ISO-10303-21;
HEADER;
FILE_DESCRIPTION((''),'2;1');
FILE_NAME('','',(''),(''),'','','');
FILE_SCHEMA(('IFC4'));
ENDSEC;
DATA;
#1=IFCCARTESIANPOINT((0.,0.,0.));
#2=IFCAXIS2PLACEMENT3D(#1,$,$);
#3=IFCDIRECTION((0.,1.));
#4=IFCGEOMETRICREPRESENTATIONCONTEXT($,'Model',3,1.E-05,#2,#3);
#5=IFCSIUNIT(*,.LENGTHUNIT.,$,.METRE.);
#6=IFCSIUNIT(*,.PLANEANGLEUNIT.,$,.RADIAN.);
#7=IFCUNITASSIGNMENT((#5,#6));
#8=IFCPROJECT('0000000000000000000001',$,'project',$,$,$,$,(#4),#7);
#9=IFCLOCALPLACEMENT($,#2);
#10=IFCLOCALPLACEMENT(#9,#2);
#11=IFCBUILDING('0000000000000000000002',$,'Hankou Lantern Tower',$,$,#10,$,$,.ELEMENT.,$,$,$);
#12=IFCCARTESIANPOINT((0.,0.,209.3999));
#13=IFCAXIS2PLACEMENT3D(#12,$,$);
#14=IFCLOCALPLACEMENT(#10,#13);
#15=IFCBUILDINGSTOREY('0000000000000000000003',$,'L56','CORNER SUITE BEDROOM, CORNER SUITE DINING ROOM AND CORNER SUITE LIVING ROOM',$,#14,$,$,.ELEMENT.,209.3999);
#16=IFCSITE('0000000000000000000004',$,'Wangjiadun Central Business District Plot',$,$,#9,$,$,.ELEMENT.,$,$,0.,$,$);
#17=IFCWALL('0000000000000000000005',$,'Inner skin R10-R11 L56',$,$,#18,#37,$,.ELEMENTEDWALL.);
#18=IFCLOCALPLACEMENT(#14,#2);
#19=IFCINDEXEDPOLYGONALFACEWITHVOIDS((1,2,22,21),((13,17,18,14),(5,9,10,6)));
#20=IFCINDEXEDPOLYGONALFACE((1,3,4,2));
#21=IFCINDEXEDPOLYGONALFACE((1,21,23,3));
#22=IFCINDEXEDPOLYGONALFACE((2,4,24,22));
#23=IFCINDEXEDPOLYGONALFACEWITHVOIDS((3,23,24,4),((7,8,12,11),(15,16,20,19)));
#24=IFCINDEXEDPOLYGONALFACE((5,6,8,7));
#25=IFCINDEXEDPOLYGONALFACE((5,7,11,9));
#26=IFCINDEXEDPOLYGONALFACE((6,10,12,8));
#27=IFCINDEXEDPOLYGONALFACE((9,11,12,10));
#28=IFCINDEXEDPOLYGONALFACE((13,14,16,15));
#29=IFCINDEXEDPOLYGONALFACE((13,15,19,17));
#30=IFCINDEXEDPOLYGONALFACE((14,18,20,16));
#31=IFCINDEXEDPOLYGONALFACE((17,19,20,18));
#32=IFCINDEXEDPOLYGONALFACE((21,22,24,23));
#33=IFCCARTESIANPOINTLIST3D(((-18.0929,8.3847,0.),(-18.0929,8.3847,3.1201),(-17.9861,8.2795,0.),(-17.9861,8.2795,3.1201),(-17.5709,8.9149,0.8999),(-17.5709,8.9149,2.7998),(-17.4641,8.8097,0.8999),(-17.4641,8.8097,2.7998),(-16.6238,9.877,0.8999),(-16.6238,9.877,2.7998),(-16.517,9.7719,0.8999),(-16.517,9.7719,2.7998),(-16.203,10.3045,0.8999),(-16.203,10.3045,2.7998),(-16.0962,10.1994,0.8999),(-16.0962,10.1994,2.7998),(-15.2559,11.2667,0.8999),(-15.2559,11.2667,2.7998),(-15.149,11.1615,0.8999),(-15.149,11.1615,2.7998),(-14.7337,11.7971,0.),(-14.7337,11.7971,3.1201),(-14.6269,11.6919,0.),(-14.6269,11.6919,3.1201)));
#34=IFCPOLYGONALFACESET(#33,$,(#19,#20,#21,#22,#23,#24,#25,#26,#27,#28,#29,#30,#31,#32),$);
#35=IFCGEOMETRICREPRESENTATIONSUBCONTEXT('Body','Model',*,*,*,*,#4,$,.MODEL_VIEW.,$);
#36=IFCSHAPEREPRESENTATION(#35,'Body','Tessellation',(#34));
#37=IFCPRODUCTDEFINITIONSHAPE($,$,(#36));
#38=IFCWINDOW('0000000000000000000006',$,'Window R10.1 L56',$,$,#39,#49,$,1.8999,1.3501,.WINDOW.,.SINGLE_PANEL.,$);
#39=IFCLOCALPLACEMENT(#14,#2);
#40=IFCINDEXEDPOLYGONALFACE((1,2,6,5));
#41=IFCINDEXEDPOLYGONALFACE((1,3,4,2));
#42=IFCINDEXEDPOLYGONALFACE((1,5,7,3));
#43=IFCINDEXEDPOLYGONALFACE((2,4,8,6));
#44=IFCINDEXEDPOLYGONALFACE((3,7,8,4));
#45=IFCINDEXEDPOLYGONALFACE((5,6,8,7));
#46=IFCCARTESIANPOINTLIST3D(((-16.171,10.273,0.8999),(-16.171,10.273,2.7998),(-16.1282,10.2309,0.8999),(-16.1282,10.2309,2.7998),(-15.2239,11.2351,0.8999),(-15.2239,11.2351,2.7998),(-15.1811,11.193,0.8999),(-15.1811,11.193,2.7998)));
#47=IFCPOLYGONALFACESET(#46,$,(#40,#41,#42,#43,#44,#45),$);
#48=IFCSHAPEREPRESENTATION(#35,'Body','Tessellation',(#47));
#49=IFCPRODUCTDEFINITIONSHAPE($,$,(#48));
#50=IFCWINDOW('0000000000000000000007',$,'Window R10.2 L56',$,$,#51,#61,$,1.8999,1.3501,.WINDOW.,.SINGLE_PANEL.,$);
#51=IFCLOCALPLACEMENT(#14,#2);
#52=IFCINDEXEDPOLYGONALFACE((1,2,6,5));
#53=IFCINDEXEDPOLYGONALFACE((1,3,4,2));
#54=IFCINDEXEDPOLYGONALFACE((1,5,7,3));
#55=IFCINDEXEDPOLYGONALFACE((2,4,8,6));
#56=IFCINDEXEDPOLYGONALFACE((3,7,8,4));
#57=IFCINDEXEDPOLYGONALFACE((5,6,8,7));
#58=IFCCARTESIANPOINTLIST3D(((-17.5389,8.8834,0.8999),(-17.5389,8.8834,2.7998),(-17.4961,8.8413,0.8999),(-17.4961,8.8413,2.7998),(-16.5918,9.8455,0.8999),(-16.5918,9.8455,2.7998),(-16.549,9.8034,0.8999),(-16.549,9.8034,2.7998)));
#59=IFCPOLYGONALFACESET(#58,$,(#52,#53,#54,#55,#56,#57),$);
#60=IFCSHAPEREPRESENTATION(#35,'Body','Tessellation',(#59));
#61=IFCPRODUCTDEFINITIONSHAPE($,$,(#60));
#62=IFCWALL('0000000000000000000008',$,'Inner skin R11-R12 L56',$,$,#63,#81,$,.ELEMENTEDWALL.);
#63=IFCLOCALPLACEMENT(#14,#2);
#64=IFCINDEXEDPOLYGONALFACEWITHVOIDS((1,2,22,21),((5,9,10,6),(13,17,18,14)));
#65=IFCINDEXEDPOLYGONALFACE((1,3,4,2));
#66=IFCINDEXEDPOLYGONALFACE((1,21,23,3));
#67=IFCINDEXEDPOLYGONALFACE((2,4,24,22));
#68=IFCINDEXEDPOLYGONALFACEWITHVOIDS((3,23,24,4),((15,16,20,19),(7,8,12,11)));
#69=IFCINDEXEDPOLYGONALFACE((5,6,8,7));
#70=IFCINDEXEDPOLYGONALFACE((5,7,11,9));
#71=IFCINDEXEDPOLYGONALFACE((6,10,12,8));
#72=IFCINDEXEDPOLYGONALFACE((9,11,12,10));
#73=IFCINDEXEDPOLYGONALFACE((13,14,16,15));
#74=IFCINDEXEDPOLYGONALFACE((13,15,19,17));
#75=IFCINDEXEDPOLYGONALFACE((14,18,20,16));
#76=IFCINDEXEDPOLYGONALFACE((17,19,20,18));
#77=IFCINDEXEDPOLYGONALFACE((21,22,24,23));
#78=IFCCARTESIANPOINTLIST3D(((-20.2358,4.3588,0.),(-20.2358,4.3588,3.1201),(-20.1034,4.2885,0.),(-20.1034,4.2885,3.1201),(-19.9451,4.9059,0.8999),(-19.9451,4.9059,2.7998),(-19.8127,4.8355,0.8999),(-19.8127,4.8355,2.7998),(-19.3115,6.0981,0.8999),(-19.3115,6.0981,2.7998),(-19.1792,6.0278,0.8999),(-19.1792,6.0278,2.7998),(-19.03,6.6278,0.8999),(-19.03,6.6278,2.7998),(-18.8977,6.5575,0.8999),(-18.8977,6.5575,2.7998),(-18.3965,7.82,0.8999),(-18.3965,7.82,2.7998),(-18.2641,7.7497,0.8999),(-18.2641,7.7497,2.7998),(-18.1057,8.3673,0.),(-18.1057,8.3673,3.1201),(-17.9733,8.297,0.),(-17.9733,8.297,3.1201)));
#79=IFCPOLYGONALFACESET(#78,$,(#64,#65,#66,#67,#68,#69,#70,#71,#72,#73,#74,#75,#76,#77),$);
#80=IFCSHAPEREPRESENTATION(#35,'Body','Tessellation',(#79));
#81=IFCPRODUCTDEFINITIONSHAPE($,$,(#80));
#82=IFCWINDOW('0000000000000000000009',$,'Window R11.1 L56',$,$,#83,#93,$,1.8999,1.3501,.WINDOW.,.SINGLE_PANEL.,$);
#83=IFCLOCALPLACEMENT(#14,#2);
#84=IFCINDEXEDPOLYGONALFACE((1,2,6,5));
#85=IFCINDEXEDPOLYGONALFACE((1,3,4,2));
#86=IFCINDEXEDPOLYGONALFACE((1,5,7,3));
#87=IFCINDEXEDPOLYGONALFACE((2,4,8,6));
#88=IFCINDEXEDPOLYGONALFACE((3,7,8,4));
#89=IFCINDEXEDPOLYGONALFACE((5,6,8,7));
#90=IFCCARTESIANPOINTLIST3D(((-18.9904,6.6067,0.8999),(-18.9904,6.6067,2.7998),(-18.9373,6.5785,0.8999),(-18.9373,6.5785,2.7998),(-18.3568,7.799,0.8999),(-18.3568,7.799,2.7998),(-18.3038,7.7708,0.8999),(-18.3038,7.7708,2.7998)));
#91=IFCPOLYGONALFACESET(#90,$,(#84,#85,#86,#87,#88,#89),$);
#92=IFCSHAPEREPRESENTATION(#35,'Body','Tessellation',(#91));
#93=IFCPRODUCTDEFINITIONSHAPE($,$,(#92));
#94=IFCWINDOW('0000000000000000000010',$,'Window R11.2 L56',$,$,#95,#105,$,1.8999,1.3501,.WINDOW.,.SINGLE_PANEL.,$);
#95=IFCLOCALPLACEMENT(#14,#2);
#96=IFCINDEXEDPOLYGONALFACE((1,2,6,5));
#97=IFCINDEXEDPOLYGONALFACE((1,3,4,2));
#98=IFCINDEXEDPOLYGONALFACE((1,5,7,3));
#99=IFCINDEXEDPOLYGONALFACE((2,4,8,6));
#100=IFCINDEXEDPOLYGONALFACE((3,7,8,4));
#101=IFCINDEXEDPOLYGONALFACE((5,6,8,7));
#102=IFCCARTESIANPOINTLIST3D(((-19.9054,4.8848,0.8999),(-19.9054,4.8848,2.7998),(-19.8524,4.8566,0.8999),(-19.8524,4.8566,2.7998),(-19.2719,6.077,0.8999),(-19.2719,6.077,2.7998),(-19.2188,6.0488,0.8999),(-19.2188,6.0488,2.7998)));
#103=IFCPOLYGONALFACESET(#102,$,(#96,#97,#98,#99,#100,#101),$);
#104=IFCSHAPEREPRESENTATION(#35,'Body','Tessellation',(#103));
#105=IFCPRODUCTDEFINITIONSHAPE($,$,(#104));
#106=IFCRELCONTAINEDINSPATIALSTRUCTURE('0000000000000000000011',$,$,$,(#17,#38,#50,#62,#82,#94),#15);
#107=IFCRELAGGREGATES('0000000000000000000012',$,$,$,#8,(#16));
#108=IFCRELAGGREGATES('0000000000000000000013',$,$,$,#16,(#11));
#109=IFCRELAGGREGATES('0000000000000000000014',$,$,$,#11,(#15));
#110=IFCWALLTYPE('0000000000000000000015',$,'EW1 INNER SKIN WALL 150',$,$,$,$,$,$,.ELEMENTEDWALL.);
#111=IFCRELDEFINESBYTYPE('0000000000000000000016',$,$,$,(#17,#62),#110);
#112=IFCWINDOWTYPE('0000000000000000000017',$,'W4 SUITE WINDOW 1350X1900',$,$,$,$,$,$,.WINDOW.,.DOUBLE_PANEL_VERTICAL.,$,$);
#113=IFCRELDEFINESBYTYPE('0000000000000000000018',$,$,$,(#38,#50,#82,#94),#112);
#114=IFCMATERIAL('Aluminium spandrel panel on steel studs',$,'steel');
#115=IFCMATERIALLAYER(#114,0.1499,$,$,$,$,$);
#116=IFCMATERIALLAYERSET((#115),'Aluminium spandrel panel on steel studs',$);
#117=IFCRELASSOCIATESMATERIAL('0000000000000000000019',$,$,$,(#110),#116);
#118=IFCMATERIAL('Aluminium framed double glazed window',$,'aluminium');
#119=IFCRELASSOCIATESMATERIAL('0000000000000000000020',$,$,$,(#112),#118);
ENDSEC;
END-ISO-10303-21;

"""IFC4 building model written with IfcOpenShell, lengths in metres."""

from ifc_helpers import new_model, si_unit, direction, frame, frame_2d, origin, place, context, subcontext, project, spatial, rectangle, extrude, material, layer, layer_set, type_object, element, fill, save


model = new_model("IFC4")

# Units and contexts
model_context = context("Model", 3, precision=1e-05, world=origin(), true_north=direction((0.0, 1.0)))
body_context = subcontext(model_context, "Body", "Model", "MODEL_VIEW")
ifc_project = project(units=[si_unit("LENGTHUNIT", "METRE"), si_unit("PLANEANGLEUNIT", "RADIAN")], contexts=[model_context])

# Site, building, storey
site_placement = place(None, origin())
site = spatial("IfcSite", under=ifc_project, at=site_placement, Name="Wangjiadun Central Business District Plot", CompositionType="ELEMENT", RefElevation=0.0)
building_placement = place(site_placement, origin())
building = spatial("IfcBuilding", under=site, at=building_placement, Name="Hankou Lantern Tower", CompositionType="ELEMENT")
storey_placement = place(building_placement, frame((0.0, 0.0, 209.3999)))
storey = spatial("IfcBuildingStorey", under=building, at=storey_placement, Name="L56", Description="CORNER SUITE BEDROOM, CORNER SUITE DINING ROOM AND CORNER SUITE LIVING ROOM", CompositionType="ELEMENT", Elevation=209.3999)

# Walls, openings, windows
ifc_material_1 = material(Name="Aluminium spandrel panel on steel studs", Category="steel")
ifc_layer_1 = layer(ifc_material_1, 0.1499)
ifc_layer_set_1 = layer_set([ifc_layer_1], Name="Aluminium spandrel panel on steel studs")
wall_type = type_object("IfcWallType", Name="EW1 INNER SKIN WALL 150", PredefinedType="ELEMENTEDWALL", material=ifc_layer_set_1)
wall_1_placement = place(storey_placement, frame((-14.6804, 11.7444, 0.0), z_axis=(0.0, 0.0, 1.0), x_axis=(-0.701527, -0.712643, 0.0)))
wall_1 = element("IfcWall", 1, at=wall_1_placement, inside=storey, type_object=wall_type, Name="Inner skin R10-R11 L56", PredefinedType="ELEMENTEDWALL", context=body_context, shape_type="SweptSolid", body=[
    extrude(rectangle(XDim=4.7883, YDim=0.1499, at=frame_2d((2.394, 0.0))), origin(), (0.0, 0.0, 1.0), 3.1201),
])
opening_1_placement = place(wall_1_placement, frame((0.7441, 0.0, 0.8999)))
opening_1 = element("IfcOpeningElement", 2, at=opening_1_placement, cuts=wall_1, PredefinedType="OPENING", context=body_context, shape_type="SweptSolid", body=[
    extrude(rectangle(XDim=1.3501, YDim=1.8999, at=frame_2d((0.675, 0.95))), frame((0.0, 0.085, 0.0), z_axis=(0.0, -1.0, 0.0), x_axis=(1.0, 0.0, 0.0)), (0.0, 0.0, 1.0), 0.1699),
])
opening_2_placement = place(wall_1_placement, frame((2.6941, 0.0, 0.8999)))
opening_2 = element("IfcOpeningElement", 3, at=opening_2_placement, cuts=wall_1, PredefinedType="OPENING", context=body_context, shape_type="SweptSolid", body=[
    extrude(rectangle(XDim=1.3501, YDim=1.8999, at=frame_2d((0.675, 0.95))), frame((0.0, 0.085, 0.0), z_axis=(0.0, -1.0, 0.0), x_axis=(1.0, 0.0, 0.0)), (0.0, 0.0, 1.0), 0.1699),
])
ifc_material_2 = material(Name="Aluminium framed double glazed window", Category="aluminium")
window_type = type_object("IfcWindowType", Name="W4 SUITE WINDOW 1350X1900", PartitioningType="DOUBLE_PANEL_VERTICAL", PredefinedType="WINDOW", material=ifc_material_2)
window_1_placement = place(opening_1_placement, origin())
window_1 = element("IfcWindow", 4, at=window_1_placement, inside=storey, type_object=window_type, Name="Window R10.1 L56", OverallHeight=1.8999, OverallWidth=1.3501, PartitioningType="SINGLE_PANEL", PredefinedType="WINDOW", context=body_context, shape_type="SweptSolid", body=[
    extrude(rectangle(XDim=1.3501, YDim=1.8999, at=frame_2d((0.675, 0.95))), frame((0.0, 0.03, 0.0), z_axis=(0.0, -1.0, 0.0), x_axis=(1.0, 0.0, 0.0)), (0.0, 0.0, 1.0), 0.0601),
])
fill(opening_1, window_1)
window_2_placement = place(opening_2_placement, origin())
window_2 = element("IfcWindow", 5, at=window_2_placement, inside=storey, type_object=window_type, Name="Window R10.2 L56", OverallHeight=1.8999, OverallWidth=1.3501, PartitioningType="SINGLE_PANEL", PredefinedType="WINDOW", context=body_context, shape_type="SweptSolid", body=[
    extrude(rectangle(XDim=1.3501, YDim=1.8999, at=frame_2d((0.675, 0.95))), frame((0.0, 0.03, 0.0), z_axis=(0.0, -1.0, 0.0), x_axis=(1.0, 0.0, 0.0)), (0.0, 0.0, 1.0), 0.0601),
])
fill(opening_2, window_2)
wall_2_placement = place(storey_placement, frame((-18.0396, 8.332, 0.0), z_axis=(0.0, 0.0, 1.0), x_axis=(-0.469256, -0.883062, 0.0)))
wall_2 = element("IfcWall", 6, at=wall_2_placement, inside=storey, type_object=wall_type, Name="Inner skin R11-R12 L56", PredefinedType="ELEMENTEDWALL", context=body_context, shape_type="SweptSolid", body=[
    extrude(rectangle(XDim=4.5393, YDim=0.1499, at=frame_2d((2.2695, 0.0))), origin(), (0.0, 0.0, 1.0), 3.1201),
])
opening_3_placement = place(wall_2_placement, frame((0.6196, 0.0, 0.8999)))
opening_3 = element("IfcOpeningElement", 7, at=opening_3_placement, cuts=wall_2, PredefinedType="OPENING", context=body_context, shape_type="SweptSolid", body=[
    extrude(rectangle(XDim=1.3501, YDim=1.8999, at=frame_2d((0.675, 0.95))), frame((0.0, 0.085, 0.0), z_axis=(0.0, -1.0, 0.0), x_axis=(1.0, 0.0, 0.0)), (0.0, 0.0, 1.0), 0.1699),
])
opening_4_placement = place(wall_2_placement, frame((2.5696, 0.0, 0.8999)))
opening_4 = element("IfcOpeningElement", 8, at=opening_4_placement, cuts=wall_2, PredefinedType="OPENING", context=body_context, shape_type="SweptSolid", body=[
    extrude(rectangle(XDim=1.3501, YDim=1.8999, at=frame_2d((0.675, 0.95))), frame((0.0, 0.085, 0.0), z_axis=(0.0, -1.0, 0.0), x_axis=(1.0, 0.0, 0.0)), (0.0, 0.0, 1.0), 0.1699),
])
window_3_placement = place(opening_3_placement, origin())
window_3 = element("IfcWindow", 9, at=window_3_placement, inside=storey, type_object=window_type, Name="Window R11.1 L56", OverallHeight=1.8999, OverallWidth=1.3501, PartitioningType="SINGLE_PANEL", PredefinedType="WINDOW", context=body_context, shape_type="SweptSolid", body=[
    extrude(rectangle(XDim=1.3501, YDim=1.8999, at=frame_2d((0.675, 0.95))), frame((0.0, 0.03, 0.0), z_axis=(0.0, -1.0, 0.0), x_axis=(1.0, 0.0, 0.0)), (0.0, 0.0, 1.0), 0.0601),
])
fill(opening_3, window_3)
window_4_placement = place(opening_4_placement, origin())
window_4 = element("IfcWindow", 10, at=window_4_placement, inside=storey, type_object=window_type, Name="Window R11.2 L56", OverallHeight=1.8999, OverallWidth=1.3501, PartitioningType="SINGLE_PANEL", PredefinedType="WINDOW", context=body_context, shape_type="SweptSolid", body=[
    extrude(rectangle(XDim=1.3501, YDim=1.8999, at=frame_2d((0.675, 0.95))), frame((0.0, 0.03, 0.0), z_axis=(0.0, -1.0, 0.0), x_axis=(1.0, 0.0, 0.0)), (0.0, 0.0, 1.0), 0.0601),
])
fill(opening_4, window_4)

save(model, "model.ifc")
